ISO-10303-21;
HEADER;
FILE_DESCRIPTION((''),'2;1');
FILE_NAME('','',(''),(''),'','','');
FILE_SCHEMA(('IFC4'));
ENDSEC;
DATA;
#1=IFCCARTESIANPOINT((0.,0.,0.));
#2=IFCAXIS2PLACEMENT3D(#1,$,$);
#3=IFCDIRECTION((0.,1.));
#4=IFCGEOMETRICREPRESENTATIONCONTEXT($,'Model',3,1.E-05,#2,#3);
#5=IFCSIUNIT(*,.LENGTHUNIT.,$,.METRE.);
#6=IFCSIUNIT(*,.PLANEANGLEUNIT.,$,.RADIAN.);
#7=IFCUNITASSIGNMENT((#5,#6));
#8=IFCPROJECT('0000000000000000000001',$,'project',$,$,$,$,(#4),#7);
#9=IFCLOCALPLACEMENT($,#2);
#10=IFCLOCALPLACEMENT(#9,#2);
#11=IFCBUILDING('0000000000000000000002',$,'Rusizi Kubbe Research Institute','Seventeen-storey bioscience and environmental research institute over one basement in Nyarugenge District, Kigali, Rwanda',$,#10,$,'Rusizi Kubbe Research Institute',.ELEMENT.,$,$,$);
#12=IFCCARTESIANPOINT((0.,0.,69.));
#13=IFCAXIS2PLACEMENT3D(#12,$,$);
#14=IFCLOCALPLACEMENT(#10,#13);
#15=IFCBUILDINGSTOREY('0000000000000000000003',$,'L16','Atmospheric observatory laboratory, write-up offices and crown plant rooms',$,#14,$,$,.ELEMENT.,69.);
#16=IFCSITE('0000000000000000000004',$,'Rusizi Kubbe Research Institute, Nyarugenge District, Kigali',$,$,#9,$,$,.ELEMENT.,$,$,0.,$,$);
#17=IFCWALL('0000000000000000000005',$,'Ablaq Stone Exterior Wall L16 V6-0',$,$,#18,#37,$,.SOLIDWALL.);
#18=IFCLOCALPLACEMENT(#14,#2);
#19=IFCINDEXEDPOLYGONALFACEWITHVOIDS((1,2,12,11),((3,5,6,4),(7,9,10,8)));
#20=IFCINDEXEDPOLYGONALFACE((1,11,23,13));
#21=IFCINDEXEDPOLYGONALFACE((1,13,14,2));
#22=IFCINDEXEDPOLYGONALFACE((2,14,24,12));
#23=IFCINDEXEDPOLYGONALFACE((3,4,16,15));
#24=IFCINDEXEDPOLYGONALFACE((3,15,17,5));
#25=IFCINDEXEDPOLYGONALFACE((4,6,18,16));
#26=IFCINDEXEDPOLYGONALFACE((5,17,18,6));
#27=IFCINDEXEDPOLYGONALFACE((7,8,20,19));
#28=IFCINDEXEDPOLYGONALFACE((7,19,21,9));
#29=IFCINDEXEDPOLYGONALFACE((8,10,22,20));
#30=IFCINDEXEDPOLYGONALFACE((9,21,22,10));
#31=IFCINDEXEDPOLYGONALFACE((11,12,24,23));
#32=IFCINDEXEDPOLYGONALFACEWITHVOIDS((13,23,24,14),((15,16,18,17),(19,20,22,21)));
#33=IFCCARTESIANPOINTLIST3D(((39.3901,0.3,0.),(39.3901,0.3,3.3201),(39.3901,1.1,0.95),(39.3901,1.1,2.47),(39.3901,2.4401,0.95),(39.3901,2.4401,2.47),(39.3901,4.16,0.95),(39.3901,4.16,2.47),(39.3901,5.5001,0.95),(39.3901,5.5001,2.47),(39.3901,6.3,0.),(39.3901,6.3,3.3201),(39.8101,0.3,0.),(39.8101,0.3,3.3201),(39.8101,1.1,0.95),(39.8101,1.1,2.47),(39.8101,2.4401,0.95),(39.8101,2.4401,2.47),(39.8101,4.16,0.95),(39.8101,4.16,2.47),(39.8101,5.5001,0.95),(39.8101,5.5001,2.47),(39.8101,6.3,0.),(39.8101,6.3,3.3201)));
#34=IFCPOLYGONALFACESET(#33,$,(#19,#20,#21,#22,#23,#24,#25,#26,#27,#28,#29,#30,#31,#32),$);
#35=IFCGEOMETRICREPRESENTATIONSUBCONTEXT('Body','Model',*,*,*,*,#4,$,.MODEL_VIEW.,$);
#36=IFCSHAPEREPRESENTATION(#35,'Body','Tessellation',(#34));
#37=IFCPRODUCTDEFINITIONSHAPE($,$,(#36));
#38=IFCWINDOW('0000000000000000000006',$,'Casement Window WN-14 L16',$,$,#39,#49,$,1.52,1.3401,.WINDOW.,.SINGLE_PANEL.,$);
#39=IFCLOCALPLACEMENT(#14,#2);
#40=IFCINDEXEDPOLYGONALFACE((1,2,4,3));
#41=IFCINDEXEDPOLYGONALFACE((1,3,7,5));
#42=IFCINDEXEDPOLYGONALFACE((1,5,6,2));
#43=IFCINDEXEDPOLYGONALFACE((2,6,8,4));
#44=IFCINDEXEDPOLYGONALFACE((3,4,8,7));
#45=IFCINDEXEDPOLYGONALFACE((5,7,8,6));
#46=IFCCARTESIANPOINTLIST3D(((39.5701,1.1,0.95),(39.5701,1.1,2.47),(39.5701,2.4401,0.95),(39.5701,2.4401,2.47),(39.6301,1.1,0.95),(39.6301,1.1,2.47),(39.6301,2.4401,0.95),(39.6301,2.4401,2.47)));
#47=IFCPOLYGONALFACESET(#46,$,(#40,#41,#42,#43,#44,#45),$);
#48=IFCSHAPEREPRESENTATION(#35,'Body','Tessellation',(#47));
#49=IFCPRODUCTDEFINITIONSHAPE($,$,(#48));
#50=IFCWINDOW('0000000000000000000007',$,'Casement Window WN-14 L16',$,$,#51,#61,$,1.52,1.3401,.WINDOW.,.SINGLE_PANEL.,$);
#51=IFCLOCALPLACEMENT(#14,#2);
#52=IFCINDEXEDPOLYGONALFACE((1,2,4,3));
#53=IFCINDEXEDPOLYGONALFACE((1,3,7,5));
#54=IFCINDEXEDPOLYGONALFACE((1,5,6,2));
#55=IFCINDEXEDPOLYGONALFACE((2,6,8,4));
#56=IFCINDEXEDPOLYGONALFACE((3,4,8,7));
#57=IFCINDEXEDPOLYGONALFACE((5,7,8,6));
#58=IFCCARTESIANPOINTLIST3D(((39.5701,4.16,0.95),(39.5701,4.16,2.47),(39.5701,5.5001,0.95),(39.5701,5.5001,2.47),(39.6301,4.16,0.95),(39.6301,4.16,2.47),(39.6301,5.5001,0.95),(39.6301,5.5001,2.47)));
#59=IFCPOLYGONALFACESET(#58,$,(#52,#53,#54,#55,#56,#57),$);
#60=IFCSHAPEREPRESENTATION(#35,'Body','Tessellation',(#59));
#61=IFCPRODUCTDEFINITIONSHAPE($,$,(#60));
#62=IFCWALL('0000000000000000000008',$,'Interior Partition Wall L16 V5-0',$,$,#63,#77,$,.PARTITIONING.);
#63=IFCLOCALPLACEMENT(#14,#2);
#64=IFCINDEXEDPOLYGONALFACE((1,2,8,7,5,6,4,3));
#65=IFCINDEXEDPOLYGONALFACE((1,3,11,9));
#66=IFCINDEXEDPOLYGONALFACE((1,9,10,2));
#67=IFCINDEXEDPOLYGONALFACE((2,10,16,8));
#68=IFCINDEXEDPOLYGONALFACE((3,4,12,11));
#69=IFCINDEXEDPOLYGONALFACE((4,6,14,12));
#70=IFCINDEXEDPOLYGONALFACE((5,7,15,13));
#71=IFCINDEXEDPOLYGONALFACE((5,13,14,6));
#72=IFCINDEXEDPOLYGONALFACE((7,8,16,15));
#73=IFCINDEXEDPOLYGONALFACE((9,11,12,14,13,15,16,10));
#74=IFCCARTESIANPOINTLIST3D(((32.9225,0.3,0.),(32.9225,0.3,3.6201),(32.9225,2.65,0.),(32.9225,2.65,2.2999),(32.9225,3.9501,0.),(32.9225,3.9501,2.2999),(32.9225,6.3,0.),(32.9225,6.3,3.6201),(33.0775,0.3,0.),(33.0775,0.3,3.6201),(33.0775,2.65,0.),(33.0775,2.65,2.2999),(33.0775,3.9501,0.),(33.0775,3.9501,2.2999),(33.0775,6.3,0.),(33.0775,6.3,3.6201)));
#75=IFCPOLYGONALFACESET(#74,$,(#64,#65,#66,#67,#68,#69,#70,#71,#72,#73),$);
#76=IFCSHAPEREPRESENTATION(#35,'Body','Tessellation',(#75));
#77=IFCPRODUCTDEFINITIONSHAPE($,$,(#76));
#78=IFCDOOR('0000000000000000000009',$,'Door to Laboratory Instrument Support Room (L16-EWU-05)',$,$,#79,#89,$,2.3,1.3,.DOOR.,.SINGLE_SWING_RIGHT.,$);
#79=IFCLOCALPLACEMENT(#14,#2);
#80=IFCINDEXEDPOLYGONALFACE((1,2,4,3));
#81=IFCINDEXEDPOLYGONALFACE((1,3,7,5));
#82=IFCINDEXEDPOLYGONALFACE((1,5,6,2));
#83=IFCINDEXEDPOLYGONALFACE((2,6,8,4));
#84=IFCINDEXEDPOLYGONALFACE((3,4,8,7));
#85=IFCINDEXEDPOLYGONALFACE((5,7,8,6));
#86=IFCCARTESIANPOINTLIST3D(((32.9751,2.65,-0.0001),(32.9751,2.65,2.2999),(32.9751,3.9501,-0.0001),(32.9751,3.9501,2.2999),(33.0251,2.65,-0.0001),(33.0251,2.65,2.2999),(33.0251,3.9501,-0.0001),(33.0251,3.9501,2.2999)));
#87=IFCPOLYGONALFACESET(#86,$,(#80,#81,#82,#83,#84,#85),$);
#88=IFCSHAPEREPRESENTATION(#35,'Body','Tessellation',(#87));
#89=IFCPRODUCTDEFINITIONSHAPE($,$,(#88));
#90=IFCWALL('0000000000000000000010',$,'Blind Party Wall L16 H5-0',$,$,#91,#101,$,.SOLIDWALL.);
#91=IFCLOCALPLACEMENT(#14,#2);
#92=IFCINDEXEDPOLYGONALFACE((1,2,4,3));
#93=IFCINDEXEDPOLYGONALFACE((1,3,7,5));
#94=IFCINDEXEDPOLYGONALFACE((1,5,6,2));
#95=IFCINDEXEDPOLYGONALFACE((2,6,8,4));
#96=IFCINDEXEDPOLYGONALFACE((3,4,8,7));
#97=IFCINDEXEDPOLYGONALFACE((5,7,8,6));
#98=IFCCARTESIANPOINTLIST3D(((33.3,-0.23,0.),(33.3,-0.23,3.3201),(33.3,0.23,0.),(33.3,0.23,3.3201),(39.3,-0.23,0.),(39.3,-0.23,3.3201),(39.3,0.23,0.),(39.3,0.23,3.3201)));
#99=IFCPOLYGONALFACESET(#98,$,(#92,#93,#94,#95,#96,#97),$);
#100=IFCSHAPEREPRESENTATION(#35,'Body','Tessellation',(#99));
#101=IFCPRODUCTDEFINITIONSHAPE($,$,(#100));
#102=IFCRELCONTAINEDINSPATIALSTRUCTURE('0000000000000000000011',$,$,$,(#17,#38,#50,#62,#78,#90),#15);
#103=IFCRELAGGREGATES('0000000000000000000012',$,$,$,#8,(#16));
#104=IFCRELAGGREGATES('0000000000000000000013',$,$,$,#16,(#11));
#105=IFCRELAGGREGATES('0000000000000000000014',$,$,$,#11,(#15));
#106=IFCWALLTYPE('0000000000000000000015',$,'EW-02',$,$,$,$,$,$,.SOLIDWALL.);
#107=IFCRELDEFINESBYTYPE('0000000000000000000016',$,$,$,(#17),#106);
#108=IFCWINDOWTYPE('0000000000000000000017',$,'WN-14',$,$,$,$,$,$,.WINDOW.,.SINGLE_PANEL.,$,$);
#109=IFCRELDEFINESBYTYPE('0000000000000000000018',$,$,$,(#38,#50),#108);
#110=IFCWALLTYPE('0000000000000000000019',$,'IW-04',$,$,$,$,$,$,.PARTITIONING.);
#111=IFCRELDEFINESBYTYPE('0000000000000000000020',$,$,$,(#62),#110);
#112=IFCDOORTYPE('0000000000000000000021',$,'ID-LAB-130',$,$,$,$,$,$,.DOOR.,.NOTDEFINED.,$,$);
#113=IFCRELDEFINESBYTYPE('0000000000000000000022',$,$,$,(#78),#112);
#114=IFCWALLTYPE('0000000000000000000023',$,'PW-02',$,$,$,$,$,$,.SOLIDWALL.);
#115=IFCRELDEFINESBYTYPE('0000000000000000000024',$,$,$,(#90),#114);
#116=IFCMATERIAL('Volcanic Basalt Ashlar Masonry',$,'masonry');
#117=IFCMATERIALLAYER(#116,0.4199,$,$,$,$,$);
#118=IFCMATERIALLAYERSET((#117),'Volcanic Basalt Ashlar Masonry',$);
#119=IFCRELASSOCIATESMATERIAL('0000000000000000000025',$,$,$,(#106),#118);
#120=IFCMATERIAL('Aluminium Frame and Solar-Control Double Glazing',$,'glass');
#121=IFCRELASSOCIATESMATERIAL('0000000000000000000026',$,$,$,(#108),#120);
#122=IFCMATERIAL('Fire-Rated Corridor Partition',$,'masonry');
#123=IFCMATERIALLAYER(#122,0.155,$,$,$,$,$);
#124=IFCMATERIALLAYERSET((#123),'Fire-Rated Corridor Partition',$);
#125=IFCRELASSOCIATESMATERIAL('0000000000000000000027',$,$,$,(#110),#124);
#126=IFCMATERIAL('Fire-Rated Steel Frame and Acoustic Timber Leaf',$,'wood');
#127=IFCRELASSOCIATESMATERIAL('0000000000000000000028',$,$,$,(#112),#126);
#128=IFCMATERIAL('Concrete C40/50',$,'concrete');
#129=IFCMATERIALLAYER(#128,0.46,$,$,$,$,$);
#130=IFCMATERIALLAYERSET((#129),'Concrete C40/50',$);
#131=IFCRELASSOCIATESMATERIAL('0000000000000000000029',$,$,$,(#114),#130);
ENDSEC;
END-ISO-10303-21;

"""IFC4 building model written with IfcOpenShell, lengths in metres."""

from ifc_helpers import new_model, si_unit, direction, frame, frame_2d, origin, place, context, subcontext, project, spatial, rectangle, extrude, material, layer, layer_set, type_object, element, fill, save


model = new_model("IFC4")

# Units and contexts
model_context = context("Model", 3, precision=1e-05, world=origin(), true_north=direction((0.0, 1.0)))
body_context = subcontext(model_context, "Body", "Model", "MODEL_VIEW")
ifc_project = project(units=[si_unit("LENGTHUNIT", "METRE"), si_unit("PLANEANGLEUNIT", "RADIAN")], contexts=[model_context])

# Site, building, storey
site_placement = place(None, origin())
site = spatial("IfcSite", under=ifc_project, at=site_placement, Name="Rusizi Kubbe Research Institute, Nyarugenge District, Kigali", CompositionType="ELEMENT", RefElevation=0.0)
building_placement = place(site_placement, origin())
building = spatial("IfcBuilding", under=site, at=building_placement, Name="Rusizi Kubbe Research Institute", Description="Seventeen-storey bioscience and environmental research institute over one basement in Nyarugenge District, Kigali, Rwanda", LongName="Rusizi Kubbe Research Institute", CompositionType="ELEMENT")
storey_placement = place(building_placement, frame((0.0, 0.0, 69.0)))
storey = spatial("IfcBuildingStorey", under=building, at=storey_placement, Name="L16", Description="Atmospheric observatory laboratory, write-up offices and crown plant rooms", CompositionType="ELEMENT", Elevation=69.0)

# Wall, openings, windows
ifc_material_1 = material(Name="Volcanic Basalt Ashlar Masonry", Category="masonry")
ifc_layer_1 = layer(ifc_material_1, 0.4199)
ifc_layer_set_1 = layer_set([ifc_layer_1], Name="Volcanic Basalt Ashlar Masonry")
wall_type_1 = type_object("IfcWallType", Name="EW-02", PredefinedType="SOLIDWALL", material=ifc_layer_set_1)
wall_1_placement = place(storey_placement, frame((39.6001, 0.3, 0.0), z_axis=(0.0, 0.0, 1.0), x_axis=(0.0, 1.0, 0.0)))
wall_1 = element("IfcWall", 1, at=wall_1_placement, inside=storey, type_object=wall_type_1, Name="Ablaq Stone Exterior Wall L16 V6-0", PredefinedType="SOLIDWALL", context=body_context, shape_type="SweptSolid", body=[
    extrude(rectangle(XDim=6.0, YDim=0.4199, at=frame_2d((3.0, 0.0))), origin(), (0.0, 0.0, 1.0), 3.3201),
])
opening_1_placement = place(wall_1_placement, frame((0.8, 0.0, 0.95)))
opening_1 = element("IfcOpeningElement", 2, at=opening_1_placement, cuts=wall_1, PredefinedType="OPENING", context=body_context, shape_type="SweptSolid", body=[
    extrude(rectangle(XDim=1.3401, YDim=1.52, at=frame_2d((0.6699, 0.76))), frame((0.0, 0.22, 0.0), z_axis=(0.0, -1.0, 0.0), x_axis=(1.0, 0.0, 0.0)), (0.0, 0.0, 1.0), 0.4399),
])
opening_2_placement = place(wall_1_placement, frame((3.8601, 0.0, 0.95)))
opening_2 = element("IfcOpeningElement", 3, at=opening_2_placement, cuts=wall_1, PredefinedType="OPENING", context=body_context, shape_type="SweptSolid", body=[
    extrude(rectangle(XDim=1.3401, YDim=1.52, at=frame_2d((0.6699, 0.76))), frame((0.0, 0.22, 0.0), z_axis=(0.0, -1.0, 0.0), x_axis=(1.0, 0.0, 0.0)), (0.0, 0.0, 1.0), 0.4399),
])
ifc_material_2 = material(Name="Aluminium Frame and Solar-Control Double Glazing", Category="glass")
window_type = type_object("IfcWindowType", Name="WN-14", PartitioningType="SINGLE_PANEL", PredefinedType="WINDOW", material=ifc_material_2)
window_1_placement = place(opening_1_placement, origin())
window_1 = element("IfcWindow", 4, at=window_1_placement, inside=storey, type_object=window_type, Name="Casement Window WN-14 L16", OverallHeight=1.52, OverallWidth=1.3401, PartitioningType="SINGLE_PANEL", PredefinedType="WINDOW", context=body_context, shape_type="SweptSolid", body=[
    extrude(rectangle(XDim=1.3401, YDim=1.52, at=frame_2d((0.6699, 0.76))), frame((0.0, 0.03, 0.0), z_axis=(0.0, -1.0, 0.0), x_axis=(1.0, 0.0, 0.0)), (0.0, 0.0, 1.0), 0.0601),
])
fill(opening_1, window_1)
window_2_placement = place(opening_2_placement, origin())
window_2 = element("IfcWindow", 5, at=window_2_placement, inside=storey, type_object=window_type, Name="Casement Window WN-14 L16", OverallHeight=1.52, OverallWidth=1.3401, PartitioningType="SINGLE_PANEL", PredefinedType="WINDOW", context=body_context, shape_type="SweptSolid", body=[
    extrude(rectangle(XDim=1.3401, YDim=1.52, at=frame_2d((0.6699, 0.76))), frame((0.0, 0.03, 0.0), z_axis=(0.0, -1.0, 0.0), x_axis=(1.0, 0.0, 0.0)), (0.0, 0.0, 1.0), 0.0601),
])
fill(opening_2, window_2)

# Wall, opening, door
ifc_material_3 = material(Name="Fire-Rated Corridor Partition", Category="masonry")
ifc_layer_2 = layer(ifc_material_3, 0.155)
ifc_layer_set_2 = layer_set([ifc_layer_2], Name="Fire-Rated Corridor Partition")
wall_type_2 = type_object("IfcWallType", Name="IW-04", PredefinedType="PARTITIONING", material=ifc_layer_set_2)
wall_2_placement = place(storey_placement, frame((33.0, 0.3, 0.0), z_axis=(0.0, 0.0, 1.0), x_axis=(0.0, 1.0, 0.0)))
wall_2 = element("IfcWall", 6, at=wall_2_placement, inside=storey, type_object=wall_type_2, Name="Interior Partition Wall L16 V5-0", PredefinedType="PARTITIONING", context=body_context, shape_type="SweptSolid", body=[
    extrude(rectangle(XDim=6.0, YDim=0.155, at=frame_2d((3.0, 0.0))), origin(), (0.0, 0.0, 1.0), 3.6201),
])
opening_3_placement = place(wall_2_placement, frame((2.3501, 0.0, 0.0)))
opening_3 = element("IfcOpeningElement", 7, at=opening_3_placement, cuts=wall_2, PredefinedType="OPENING", context=body_context, shape_type="SweptSolid", body=[
    extrude(rectangle(XDim=1.3, YDim=2.3, at=frame_2d((0.6499, 1.1499))), frame((0.0, 0.0874, 0.0), z_axis=(0.0, -1.0, 0.0), x_axis=(1.0, 0.0, 0.0)), (0.0, 0.0, 1.0), 0.175),
])
ifc_material_4 = material(Name="Fire-Rated Steel Frame and Acoustic Timber Leaf", Category="wood")
door_type = type_object("IfcDoorType", Name="ID-LAB-130", OperationType="NOTDEFINED", PredefinedType="DOOR", material=ifc_material_4)
door_placement = place(opening_3_placement, origin())
door = element("IfcDoor", 8, at=door_placement, inside=storey, type_object=door_type, Name="Door to Laboratory Instrument Support Room (L16-EWU-05)", OperationType="SINGLE_SWING_RIGHT", OverallHeight=2.3, OverallWidth=1.3, PredefinedType="DOOR", context=body_context, shape_type="SweptSolid", body=[
    extrude(rectangle(XDim=1.3, YDim=2.3, at=frame_2d((0.6499, 1.1499))), frame((0.0, 0.0249, 0.0), z_axis=(0.0, -1.0, 0.0), x_axis=(1.0, 0.0, 0.0)), (0.0, 0.0, 1.0), 0.05),
])
fill(opening_3, door)

# Wall
ifc_material_5 = material(Name="Concrete C40/50", Category="concrete")
ifc_layer_3 = layer(ifc_material_5, 0.46)
ifc_layer_set_3 = layer_set([ifc_layer_3], Name="Concrete C40/50")
wall_type_3 = type_object("IfcWallType", Name="PW-02", PredefinedType="SOLIDWALL", material=ifc_layer_set_3)
wall_3_placement = place(storey_placement, frame((33.3, 0.0, 0.0), z_axis=(0.0, 0.0, 1.0), x_axis=(1.0, 0.0, 0.0)))
element("IfcWall", 9, at=wall_3_placement, inside=storey, type_object=wall_type_3, Name="Blind Party Wall L16 H5-0", PredefinedType="SOLIDWALL", context=body_context, shape_type="SweptSolid", body=[
    extrude(rectangle(XDim=6.0, YDim=0.46, at=frame_2d((3.0, 0.0))), origin(), (0.0, 0.0, 1.0), 3.3201),
])

save(model, "model.ifc")
